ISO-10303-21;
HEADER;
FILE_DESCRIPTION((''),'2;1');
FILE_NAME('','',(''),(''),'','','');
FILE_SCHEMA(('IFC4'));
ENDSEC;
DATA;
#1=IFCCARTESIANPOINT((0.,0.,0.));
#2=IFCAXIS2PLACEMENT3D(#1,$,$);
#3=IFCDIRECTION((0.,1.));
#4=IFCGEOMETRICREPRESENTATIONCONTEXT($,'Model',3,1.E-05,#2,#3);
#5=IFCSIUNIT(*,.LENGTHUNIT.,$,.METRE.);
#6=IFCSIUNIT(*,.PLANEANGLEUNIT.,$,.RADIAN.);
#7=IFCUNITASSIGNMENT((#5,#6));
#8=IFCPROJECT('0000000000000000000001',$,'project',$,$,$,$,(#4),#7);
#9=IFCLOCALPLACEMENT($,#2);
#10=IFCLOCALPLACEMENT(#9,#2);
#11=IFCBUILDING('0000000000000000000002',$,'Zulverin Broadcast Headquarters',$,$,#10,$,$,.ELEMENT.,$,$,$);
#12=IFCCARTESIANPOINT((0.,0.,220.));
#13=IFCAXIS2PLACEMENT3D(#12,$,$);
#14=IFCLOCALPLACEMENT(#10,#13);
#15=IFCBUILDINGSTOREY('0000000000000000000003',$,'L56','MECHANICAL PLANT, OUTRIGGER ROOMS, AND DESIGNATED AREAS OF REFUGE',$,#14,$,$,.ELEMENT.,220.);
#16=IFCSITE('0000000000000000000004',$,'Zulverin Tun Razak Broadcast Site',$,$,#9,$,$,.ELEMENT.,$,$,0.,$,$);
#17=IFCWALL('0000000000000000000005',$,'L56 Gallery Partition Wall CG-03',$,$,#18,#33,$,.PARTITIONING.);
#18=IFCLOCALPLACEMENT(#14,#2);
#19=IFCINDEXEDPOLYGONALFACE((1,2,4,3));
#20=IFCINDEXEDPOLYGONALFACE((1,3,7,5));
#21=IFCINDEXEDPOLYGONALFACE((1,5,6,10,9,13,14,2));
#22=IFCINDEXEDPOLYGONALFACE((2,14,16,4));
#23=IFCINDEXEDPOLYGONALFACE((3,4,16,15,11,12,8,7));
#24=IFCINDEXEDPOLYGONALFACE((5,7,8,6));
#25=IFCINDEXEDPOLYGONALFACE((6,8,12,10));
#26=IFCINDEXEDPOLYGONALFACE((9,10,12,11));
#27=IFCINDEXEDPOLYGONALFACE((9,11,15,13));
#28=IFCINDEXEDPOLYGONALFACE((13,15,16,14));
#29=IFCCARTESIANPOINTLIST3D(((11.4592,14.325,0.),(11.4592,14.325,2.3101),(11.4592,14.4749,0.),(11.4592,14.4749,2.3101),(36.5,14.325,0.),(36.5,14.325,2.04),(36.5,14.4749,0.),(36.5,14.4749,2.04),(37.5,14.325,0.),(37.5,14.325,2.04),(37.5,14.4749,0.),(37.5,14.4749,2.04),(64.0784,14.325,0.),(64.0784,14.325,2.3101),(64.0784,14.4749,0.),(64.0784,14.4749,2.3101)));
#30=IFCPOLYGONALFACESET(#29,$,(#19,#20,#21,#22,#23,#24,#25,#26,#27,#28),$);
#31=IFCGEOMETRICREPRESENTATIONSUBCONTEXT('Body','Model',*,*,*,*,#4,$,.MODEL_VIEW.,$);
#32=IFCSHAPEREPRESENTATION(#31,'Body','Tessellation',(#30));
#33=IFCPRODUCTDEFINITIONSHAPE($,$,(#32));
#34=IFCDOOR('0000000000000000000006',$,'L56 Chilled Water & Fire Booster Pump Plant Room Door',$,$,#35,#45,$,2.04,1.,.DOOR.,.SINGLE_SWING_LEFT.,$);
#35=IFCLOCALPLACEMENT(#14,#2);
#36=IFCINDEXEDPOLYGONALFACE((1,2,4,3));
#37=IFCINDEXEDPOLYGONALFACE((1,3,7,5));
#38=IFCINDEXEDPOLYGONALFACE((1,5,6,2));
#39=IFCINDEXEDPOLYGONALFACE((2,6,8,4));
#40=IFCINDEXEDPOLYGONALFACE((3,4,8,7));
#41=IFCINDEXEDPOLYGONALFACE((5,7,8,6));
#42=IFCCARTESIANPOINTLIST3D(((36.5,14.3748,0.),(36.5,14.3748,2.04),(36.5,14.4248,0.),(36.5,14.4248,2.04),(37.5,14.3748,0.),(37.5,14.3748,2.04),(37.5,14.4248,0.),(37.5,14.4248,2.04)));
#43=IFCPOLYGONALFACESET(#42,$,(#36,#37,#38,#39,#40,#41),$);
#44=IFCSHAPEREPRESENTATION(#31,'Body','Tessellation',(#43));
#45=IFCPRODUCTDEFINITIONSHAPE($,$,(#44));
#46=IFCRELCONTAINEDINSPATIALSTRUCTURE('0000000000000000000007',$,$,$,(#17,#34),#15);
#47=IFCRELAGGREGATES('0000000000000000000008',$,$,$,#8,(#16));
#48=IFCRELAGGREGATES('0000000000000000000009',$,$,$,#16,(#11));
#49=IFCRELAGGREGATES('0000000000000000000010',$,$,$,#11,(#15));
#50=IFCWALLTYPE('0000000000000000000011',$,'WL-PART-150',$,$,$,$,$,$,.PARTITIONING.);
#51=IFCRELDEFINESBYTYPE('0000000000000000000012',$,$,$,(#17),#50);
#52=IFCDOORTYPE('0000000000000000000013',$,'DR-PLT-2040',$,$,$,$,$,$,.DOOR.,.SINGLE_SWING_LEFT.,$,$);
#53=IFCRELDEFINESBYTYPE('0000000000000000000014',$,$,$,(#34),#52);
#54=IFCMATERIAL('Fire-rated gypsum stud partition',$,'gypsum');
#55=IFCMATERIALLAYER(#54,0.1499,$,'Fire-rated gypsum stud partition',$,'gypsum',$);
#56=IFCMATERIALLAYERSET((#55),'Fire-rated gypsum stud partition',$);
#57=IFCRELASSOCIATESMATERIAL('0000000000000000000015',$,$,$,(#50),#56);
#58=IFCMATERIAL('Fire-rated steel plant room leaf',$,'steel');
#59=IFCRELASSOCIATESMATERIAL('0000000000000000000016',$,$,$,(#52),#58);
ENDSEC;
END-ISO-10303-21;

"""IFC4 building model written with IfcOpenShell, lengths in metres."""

from ifc_helpers import new_model, si_unit, direction, frame, frame_2d, origin, place, context, subcontext, project, spatial, rectangle, extrude, material, layer, layer_set, type_object, element, fill, save


model = new_model("IFC4")

# Units and contexts
model_context = context("Model", 3, precision=1e-05, world=origin(), true_north=direction((0.0, 1.0)))
body_context = subcontext(model_context, "Body", "Model", "MODEL_VIEW")
ifc_project = project(units=[si_unit("LENGTHUNIT", "METRE"), si_unit("PLANEANGLEUNIT", "RADIAN")], contexts=[model_context])

# Site, building, storey
site_placement = place(None, origin())
site = spatial("IfcSite", under=ifc_project, at=site_placement, Name="Zulverin Tun Razak Broadcast Site", CompositionType="ELEMENT", RefElevation=0.0)
building_placement = place(site_placement, origin())
building = spatial("IfcBuilding", under=site, at=building_placement, Name="Zulverin Broadcast Headquarters", CompositionType="ELEMENT")
storey_placement = place(building_placement, frame((0.0, 0.0, 220.0)))
storey = spatial("IfcBuildingStorey", under=building, at=storey_placement, Name="L56", Description="MECHANICAL PLANT, OUTRIGGER ROOMS, AND DESIGNATED AREAS OF REFUGE", CompositionType="ELEMENT", Elevation=220.0)

# Wall, opening, door
ifc_material_1 = material(Name="Fire-rated gypsum stud partition", Category="gypsum")
ifc_layer_1 = layer(ifc_material_1, 0.1499, Name="Fire-rated gypsum stud partition", Category="gypsum")
ifc_layer_set_1 = layer_set([ifc_layer_1], Name="Fire-rated gypsum stud partition")
wall_type_1 = type_object("IfcWallType", Name="WL-PART-150", PredefinedType="PARTITIONING", material=ifc_layer_set_1)
wall_1_placement = place(storey_placement, frame((11.4592, 14.3999, 0.0), z_axis=(0.0, 0.0, 1.0), x_axis=(1.0, 0.0, 0.0)))
wall_1 = element("IfcWall", 1, at=wall_1_placement, inside=storey, type_object=wall_type_1, Name="L56 Gallery Partition Wall CG-03", PredefinedType="PARTITIONING", context=body_context, shape_type="SweptSolid", body=[
    extrude(rectangle(XDim=52.6191, YDim=0.1499, at=frame_2d((26.3096, 0.0))), origin(), (0.0, 0.0, 1.0), 2.3101),
])
opening_placement = place(wall_1_placement, frame((25.0408, 0.0, 0.0)))
opening = element("IfcOpeningElement", 2, at=opening_placement, cuts=wall_1, PredefinedType="OPENING", context=body_context, shape_type="SweptSolid", body=[
    extrude(rectangle(XDim=1.0, YDim=2.04, at=frame_2d((0.5, 1.02))), frame((0.0, 0.085, 0.0), z_axis=(0.0, -1.0, 0.0), x_axis=(1.0, 0.0, 0.0)), (0.0, 0.0, 1.0), 0.1699),
])
ifc_material_2 = material(Name="Fire-rated steel plant room leaf", Category="steel")
door_type = type_object("IfcDoorType", Name="DR-PLT-2040", OperationType="SINGLE_SWING_LEFT", PredefinedType="DOOR", material=ifc_material_2)
door_placement = place(opening_placement, origin())
door = element("IfcDoor", 3, at=door_placement, inside=storey, type_object=door_type, Name="L56 Chilled Water & Fire Booster Pump Plant Room Door", OperationType="SINGLE_SWING_LEFT", OverallHeight=2.04, OverallWidth=1.0, PredefinedType="DOOR", context=body_context, shape_type="SweptSolid", body=[
    extrude(rectangle(XDim=1.0, YDim=2.04, at=frame_2d((0.5, 1.02))), frame((0.0, 0.0249, 0.0), z_axis=(0.0, -1.0, 0.0), x_axis=(1.0, 0.0, 0.0)), (0.0, 0.0, 1.0), 0.05),
])
fill(opening, door)

save(model, "model.ifc")
